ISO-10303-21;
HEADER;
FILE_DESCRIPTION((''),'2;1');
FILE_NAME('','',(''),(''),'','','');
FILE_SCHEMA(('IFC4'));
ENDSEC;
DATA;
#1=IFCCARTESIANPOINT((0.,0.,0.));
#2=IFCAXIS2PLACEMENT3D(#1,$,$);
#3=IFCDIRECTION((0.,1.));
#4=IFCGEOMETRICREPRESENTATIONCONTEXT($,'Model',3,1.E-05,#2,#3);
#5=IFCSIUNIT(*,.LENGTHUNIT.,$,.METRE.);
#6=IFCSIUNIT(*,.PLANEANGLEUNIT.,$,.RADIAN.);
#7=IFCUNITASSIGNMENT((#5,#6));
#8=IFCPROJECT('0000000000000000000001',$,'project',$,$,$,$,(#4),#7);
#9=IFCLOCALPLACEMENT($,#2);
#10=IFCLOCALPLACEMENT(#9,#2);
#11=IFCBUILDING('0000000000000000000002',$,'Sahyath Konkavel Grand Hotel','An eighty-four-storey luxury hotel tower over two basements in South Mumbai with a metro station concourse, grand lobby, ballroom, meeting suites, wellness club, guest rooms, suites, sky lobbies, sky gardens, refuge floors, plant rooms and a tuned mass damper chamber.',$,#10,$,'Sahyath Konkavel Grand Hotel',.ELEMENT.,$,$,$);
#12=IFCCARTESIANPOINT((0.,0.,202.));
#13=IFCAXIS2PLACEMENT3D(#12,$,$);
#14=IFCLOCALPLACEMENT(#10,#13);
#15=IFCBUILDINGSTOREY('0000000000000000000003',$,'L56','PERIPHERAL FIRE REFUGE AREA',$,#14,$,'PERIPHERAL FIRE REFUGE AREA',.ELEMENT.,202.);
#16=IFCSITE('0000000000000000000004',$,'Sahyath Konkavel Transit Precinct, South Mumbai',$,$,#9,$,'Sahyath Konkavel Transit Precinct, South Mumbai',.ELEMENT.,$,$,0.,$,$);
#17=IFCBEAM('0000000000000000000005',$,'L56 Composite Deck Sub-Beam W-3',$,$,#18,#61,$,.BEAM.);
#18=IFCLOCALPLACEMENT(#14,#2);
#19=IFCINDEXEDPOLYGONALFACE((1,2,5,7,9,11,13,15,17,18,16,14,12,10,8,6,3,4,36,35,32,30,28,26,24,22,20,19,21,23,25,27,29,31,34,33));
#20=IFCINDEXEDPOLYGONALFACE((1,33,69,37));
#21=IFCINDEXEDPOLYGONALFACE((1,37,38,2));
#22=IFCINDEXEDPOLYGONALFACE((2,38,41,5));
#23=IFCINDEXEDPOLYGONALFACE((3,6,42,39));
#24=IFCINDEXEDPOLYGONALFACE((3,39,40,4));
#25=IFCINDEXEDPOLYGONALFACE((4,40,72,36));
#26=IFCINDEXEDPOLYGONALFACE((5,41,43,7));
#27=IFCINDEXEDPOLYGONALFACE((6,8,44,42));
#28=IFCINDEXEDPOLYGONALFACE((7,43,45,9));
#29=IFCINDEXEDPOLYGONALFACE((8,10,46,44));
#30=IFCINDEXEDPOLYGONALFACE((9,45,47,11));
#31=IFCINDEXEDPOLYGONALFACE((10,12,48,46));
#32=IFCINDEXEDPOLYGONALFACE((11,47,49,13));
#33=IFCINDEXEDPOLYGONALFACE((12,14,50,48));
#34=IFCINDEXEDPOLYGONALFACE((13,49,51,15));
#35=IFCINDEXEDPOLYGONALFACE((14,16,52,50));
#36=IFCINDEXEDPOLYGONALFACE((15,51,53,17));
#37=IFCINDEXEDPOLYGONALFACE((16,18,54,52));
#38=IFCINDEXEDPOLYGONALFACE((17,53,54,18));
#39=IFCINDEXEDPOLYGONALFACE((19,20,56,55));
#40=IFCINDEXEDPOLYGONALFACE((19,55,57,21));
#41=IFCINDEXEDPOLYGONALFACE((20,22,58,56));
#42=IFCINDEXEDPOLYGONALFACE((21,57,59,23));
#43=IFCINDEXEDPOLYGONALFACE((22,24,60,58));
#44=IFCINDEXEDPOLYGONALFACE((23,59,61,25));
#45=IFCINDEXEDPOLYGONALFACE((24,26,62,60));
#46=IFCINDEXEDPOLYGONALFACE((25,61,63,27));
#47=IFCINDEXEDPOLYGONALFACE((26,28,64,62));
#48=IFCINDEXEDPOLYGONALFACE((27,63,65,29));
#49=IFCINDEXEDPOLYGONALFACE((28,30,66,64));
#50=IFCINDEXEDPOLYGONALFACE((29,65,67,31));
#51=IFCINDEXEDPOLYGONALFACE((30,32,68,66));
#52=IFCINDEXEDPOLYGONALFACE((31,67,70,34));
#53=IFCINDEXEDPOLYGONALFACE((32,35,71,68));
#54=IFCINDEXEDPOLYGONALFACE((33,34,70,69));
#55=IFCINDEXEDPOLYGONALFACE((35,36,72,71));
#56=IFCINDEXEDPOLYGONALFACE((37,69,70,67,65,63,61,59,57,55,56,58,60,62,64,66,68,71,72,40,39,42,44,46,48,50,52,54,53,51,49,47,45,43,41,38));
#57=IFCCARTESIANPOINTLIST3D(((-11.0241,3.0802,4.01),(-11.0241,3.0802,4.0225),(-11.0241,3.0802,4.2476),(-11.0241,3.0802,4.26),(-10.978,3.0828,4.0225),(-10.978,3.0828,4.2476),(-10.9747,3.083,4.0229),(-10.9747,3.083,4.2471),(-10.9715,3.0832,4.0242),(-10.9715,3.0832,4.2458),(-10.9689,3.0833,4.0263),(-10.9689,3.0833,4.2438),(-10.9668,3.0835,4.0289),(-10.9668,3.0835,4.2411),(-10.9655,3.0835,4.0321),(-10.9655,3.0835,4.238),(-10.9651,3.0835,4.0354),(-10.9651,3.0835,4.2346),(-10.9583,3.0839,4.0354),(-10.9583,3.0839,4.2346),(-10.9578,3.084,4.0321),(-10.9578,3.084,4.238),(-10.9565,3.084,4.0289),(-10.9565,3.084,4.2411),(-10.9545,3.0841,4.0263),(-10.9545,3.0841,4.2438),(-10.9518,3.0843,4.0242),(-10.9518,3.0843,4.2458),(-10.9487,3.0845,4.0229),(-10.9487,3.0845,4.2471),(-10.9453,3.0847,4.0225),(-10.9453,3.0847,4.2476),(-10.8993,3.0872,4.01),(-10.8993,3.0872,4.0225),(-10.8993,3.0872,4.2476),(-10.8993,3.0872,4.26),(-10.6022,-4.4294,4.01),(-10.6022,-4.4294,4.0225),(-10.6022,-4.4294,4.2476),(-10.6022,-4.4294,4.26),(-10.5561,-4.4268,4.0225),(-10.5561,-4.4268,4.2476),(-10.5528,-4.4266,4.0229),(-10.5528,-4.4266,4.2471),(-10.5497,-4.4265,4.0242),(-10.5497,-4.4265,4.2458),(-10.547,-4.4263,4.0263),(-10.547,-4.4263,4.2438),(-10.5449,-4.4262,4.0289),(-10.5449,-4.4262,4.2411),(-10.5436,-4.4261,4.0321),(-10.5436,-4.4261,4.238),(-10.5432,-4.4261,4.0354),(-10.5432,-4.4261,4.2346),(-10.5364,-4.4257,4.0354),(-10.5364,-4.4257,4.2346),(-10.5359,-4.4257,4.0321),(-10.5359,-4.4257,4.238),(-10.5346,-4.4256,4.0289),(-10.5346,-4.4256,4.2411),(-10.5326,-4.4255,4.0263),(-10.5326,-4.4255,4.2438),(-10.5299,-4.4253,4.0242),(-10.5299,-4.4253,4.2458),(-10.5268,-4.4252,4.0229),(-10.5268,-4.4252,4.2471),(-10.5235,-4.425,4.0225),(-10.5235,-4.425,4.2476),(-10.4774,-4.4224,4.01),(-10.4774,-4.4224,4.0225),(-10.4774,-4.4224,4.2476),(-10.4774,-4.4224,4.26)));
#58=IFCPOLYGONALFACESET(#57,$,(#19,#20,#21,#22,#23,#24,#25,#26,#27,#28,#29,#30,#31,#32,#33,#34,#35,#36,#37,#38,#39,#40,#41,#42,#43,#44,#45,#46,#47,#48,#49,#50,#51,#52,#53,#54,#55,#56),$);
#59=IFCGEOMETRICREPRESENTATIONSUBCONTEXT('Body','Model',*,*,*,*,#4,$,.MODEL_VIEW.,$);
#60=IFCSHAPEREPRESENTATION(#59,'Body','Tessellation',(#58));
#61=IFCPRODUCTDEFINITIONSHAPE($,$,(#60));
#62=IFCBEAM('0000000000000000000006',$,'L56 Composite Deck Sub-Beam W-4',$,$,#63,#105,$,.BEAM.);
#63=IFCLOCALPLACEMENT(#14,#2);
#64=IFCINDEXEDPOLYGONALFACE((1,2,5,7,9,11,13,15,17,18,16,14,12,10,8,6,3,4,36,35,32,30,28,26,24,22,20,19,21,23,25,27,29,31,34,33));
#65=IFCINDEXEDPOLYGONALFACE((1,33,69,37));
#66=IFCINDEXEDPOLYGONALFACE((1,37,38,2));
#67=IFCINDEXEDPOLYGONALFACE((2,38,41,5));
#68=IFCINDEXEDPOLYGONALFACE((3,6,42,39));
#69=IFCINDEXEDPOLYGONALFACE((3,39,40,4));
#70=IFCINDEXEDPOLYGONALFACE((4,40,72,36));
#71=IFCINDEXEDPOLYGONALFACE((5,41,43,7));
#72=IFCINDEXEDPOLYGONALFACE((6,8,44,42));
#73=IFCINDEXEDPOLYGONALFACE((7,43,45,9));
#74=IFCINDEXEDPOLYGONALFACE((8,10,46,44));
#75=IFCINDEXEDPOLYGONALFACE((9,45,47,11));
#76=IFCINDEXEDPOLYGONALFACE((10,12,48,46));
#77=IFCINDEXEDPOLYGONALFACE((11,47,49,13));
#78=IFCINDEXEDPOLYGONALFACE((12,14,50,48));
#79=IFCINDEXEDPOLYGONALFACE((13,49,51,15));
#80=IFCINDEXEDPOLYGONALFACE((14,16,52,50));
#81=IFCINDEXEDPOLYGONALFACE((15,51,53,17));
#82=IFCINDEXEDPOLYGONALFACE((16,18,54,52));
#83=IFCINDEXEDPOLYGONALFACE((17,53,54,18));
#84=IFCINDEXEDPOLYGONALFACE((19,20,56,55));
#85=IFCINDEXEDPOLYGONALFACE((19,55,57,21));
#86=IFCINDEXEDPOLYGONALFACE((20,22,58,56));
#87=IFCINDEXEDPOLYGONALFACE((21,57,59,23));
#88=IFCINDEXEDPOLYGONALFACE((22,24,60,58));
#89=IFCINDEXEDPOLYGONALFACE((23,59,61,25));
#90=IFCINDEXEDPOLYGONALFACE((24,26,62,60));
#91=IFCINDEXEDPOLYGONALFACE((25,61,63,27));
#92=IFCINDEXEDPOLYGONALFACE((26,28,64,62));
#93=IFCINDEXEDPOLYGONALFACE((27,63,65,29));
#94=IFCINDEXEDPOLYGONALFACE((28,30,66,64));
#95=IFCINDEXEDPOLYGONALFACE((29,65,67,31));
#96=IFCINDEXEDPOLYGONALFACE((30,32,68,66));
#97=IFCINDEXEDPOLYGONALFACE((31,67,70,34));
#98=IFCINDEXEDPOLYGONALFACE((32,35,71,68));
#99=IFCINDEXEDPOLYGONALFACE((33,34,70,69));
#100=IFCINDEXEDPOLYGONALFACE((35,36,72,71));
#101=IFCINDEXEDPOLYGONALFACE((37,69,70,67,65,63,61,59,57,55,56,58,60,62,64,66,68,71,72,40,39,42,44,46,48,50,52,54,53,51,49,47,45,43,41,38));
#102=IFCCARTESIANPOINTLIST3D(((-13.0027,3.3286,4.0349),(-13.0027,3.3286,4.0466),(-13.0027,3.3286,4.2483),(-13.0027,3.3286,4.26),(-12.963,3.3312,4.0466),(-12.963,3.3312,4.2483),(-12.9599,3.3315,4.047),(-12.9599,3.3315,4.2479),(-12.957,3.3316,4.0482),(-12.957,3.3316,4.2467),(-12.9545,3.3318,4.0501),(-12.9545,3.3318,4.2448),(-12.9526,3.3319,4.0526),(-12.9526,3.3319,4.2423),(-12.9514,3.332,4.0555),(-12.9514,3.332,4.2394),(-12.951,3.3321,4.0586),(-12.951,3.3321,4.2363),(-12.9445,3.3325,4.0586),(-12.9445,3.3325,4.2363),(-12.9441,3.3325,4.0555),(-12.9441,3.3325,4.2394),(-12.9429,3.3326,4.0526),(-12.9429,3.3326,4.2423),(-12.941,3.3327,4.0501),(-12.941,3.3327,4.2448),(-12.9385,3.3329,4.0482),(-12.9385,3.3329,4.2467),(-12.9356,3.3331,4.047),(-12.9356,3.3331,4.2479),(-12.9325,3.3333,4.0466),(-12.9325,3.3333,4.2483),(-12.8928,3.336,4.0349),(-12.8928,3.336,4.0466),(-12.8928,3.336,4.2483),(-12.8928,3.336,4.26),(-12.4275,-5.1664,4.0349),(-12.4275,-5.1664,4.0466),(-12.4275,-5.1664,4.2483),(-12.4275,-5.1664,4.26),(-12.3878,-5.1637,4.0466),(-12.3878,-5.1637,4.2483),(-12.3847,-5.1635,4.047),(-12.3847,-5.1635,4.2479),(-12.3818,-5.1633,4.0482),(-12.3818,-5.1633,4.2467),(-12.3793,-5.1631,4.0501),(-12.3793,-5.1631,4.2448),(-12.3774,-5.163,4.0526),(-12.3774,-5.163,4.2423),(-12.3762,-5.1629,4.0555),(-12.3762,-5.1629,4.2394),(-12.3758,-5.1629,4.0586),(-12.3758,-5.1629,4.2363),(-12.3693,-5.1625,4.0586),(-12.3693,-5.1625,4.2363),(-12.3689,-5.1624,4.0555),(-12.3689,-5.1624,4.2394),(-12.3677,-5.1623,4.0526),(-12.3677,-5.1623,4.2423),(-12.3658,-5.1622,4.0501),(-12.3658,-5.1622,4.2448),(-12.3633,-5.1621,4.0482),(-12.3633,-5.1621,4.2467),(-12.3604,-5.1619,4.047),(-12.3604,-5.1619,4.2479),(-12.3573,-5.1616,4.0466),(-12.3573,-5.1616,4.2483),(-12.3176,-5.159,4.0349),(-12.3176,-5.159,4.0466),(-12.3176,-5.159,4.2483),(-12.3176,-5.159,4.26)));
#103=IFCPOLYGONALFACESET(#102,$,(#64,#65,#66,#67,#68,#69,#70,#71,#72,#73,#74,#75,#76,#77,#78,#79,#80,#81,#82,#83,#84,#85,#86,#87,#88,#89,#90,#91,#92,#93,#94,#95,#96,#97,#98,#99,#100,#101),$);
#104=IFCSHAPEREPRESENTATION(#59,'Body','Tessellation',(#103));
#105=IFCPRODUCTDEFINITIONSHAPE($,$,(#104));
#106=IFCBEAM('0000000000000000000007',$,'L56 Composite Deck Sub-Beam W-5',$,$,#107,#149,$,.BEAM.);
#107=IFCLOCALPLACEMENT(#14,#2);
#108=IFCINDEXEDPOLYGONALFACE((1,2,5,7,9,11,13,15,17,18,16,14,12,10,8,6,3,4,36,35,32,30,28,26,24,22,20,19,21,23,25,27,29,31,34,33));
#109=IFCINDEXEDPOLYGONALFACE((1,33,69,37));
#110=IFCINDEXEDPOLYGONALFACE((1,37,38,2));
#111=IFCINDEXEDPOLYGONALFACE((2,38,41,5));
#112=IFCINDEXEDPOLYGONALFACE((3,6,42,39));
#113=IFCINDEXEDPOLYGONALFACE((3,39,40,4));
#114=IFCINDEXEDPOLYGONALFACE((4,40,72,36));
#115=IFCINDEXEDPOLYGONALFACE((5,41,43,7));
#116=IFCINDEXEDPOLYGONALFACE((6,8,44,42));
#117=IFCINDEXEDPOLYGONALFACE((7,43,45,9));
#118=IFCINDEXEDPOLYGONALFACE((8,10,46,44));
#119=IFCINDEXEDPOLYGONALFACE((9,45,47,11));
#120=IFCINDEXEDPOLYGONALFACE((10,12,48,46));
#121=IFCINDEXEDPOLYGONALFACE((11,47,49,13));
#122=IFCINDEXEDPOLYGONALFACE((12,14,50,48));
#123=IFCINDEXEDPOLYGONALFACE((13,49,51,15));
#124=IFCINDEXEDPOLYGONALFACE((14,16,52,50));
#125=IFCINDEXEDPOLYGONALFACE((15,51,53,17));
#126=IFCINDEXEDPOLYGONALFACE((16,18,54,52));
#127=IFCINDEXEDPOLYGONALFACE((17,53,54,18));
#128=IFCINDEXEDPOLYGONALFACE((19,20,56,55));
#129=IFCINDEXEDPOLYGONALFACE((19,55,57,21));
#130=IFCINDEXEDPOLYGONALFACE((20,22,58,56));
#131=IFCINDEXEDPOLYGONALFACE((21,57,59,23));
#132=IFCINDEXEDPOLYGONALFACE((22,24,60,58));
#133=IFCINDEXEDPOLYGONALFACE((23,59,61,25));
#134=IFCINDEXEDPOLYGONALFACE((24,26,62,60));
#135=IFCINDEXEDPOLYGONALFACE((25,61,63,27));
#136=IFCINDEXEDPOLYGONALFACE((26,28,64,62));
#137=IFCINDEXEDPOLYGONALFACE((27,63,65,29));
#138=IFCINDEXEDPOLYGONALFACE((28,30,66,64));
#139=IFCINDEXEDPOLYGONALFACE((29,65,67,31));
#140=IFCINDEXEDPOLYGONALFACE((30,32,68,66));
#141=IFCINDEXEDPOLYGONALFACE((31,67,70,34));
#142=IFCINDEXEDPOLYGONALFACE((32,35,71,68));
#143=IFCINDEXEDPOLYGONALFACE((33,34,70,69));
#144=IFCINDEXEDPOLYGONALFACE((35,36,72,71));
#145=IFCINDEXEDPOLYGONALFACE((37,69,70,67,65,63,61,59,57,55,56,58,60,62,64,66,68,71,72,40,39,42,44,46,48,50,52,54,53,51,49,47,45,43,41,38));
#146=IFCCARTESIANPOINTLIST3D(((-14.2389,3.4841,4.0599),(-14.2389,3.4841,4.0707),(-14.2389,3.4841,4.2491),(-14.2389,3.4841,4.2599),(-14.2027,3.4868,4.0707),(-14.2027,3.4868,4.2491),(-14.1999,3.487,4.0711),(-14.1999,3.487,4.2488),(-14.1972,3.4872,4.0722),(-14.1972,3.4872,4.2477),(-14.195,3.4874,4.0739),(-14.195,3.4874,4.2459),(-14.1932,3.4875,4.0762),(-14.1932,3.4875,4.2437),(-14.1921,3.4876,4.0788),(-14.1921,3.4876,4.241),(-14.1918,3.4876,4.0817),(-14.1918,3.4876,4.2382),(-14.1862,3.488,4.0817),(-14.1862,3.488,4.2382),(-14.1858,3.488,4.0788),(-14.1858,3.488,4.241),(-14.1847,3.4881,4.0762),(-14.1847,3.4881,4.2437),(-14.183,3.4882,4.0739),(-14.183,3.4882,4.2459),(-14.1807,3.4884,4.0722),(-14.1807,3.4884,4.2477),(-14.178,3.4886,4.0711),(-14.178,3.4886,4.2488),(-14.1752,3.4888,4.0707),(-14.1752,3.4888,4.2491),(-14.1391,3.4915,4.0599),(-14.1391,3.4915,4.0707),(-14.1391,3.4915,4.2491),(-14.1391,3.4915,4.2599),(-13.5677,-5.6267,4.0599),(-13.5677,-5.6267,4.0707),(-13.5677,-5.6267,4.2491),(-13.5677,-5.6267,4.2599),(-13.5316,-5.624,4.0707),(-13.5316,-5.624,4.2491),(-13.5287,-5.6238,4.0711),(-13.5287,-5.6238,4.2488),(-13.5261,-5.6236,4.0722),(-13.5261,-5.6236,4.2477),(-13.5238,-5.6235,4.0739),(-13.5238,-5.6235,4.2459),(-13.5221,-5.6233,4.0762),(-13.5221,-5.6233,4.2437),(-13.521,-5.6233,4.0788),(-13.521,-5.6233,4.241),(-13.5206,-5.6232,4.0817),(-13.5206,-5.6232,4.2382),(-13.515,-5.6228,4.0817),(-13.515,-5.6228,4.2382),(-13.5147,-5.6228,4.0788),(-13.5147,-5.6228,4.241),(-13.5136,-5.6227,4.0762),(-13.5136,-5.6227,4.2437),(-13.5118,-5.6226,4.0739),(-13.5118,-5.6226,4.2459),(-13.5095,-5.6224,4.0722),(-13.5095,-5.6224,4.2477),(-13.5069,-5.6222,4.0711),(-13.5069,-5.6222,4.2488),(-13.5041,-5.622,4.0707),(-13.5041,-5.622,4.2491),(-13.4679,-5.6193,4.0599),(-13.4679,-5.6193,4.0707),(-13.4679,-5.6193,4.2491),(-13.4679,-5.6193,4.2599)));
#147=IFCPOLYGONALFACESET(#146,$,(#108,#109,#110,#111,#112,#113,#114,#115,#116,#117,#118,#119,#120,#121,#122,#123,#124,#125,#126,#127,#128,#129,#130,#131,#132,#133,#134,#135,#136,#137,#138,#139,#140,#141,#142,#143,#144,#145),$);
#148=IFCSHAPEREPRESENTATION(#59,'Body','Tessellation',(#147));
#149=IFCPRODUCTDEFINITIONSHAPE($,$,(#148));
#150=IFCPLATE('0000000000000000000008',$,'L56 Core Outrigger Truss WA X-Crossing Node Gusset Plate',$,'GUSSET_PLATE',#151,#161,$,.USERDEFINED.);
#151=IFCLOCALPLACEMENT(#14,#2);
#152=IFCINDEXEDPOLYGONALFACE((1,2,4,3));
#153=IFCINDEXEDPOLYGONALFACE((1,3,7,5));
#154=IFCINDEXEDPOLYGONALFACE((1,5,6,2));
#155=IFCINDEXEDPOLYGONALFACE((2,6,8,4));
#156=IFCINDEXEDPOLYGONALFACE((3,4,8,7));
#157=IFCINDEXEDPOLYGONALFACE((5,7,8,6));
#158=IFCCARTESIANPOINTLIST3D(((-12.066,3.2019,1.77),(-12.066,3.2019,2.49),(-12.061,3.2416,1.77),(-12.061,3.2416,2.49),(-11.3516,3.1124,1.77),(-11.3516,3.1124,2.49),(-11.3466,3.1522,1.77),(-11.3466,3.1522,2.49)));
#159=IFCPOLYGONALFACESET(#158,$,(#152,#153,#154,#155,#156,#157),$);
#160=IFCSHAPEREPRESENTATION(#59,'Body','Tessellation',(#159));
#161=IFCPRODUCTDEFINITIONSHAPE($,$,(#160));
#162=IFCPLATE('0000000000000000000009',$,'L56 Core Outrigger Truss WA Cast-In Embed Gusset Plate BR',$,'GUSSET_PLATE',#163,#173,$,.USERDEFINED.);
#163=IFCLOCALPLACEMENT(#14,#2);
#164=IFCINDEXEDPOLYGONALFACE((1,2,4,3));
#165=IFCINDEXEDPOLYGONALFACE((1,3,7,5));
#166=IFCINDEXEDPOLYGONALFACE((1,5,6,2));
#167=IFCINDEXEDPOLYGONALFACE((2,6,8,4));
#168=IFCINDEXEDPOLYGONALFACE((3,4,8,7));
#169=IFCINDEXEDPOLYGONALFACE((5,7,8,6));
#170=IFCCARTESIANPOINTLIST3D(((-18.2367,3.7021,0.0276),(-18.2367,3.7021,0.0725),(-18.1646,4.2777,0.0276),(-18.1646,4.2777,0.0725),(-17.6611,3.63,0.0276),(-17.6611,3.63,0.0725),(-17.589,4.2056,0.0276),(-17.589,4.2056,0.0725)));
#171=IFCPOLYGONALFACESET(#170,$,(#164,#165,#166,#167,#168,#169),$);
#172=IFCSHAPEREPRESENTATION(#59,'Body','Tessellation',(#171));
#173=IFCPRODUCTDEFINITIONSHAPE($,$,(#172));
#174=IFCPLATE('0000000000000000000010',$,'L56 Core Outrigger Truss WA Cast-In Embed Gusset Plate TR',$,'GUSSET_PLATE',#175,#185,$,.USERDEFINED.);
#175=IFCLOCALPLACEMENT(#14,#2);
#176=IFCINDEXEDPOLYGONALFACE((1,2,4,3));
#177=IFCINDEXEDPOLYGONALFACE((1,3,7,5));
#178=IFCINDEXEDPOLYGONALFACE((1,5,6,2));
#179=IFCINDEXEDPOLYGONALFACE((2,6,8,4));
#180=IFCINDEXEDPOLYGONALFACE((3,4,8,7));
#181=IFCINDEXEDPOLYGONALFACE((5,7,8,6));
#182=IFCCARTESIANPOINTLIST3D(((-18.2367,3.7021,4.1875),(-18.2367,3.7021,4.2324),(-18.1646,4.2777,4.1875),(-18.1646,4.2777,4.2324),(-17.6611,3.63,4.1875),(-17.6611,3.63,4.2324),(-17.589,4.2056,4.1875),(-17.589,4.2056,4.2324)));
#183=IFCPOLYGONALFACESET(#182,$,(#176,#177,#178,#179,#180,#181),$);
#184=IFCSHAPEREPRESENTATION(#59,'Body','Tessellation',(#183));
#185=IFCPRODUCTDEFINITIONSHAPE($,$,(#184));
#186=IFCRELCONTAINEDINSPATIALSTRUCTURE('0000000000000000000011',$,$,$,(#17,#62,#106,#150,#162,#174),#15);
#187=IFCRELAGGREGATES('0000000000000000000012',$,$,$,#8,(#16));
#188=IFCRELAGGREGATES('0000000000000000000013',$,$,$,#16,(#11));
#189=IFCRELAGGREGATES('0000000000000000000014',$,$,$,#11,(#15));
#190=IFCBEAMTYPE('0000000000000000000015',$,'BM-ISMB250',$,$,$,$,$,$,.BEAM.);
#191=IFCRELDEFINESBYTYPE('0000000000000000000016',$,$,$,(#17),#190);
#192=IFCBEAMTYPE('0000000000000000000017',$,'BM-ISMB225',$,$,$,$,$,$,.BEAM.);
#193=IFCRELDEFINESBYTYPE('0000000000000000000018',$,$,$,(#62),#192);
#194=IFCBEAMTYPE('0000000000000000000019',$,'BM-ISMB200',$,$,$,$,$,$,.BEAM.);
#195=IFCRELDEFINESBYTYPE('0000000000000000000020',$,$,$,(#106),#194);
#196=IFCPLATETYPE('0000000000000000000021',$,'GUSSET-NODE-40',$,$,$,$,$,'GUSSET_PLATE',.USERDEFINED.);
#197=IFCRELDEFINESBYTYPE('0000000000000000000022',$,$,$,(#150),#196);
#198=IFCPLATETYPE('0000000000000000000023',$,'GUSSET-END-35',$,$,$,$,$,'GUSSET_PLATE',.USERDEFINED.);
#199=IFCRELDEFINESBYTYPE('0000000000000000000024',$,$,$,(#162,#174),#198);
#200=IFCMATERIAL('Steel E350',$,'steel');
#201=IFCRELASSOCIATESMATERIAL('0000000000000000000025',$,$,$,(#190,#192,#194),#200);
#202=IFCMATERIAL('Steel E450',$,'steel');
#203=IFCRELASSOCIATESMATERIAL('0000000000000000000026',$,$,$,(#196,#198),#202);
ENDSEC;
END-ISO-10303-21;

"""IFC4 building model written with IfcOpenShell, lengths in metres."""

from ifc_helpers import new_model, si_unit, direction, frame, origin, origin_2d, place, context, subcontext, project, spatial, rectangle, i_section, extrude, source, transform, mapped, material, material_profile, profile_set, type_object, element, save


model = new_model("IFC4")

# Units and contexts
model_context = context("Model", 3, precision=1e-05, world=origin(), true_north=direction((0.0, 1.0)))
body_context = subcontext(model_context, "Body", "Model", "MODEL_VIEW")
ifc_project = project(units=[si_unit("LENGTHUNIT", "METRE"), si_unit("PLANEANGLEUNIT", "RADIAN")], contexts=[model_context])

# Site, building, storey
site_placement = place(None, origin())
site = spatial("IfcSite", under=ifc_project, at=site_placement, Name="Sahyath Konkavel Transit Precinct, South Mumbai", LongName="Sahyath Konkavel Transit Precinct, South Mumbai", CompositionType="ELEMENT", RefElevation=0.0)
building_placement = place(site_placement, origin())
building = spatial("IfcBuilding", under=site, at=building_placement, Name="Sahyath Konkavel Grand Hotel", Description="An eighty-four-storey luxury hotel tower over two basements in South Mumbai with a metro station concourse, grand lobby, ballroom, meeting suites, wellness club, guest rooms, suites, sky lobbies, sky gardens, refuge floors, plant rooms and a tuned mass damper chamber.", LongName="Sahyath Konkavel Grand Hotel", CompositionType="ELEMENT")
storey_placement = place(building_placement, frame((0.0, 0.0, 202.0)))
storey = spatial("IfcBuildingStorey", under=building, at=storey_placement, Name="L56", Description="PERIPHERAL FIRE REFUGE AREA", LongName="PERIPHERAL FIRE REFUGE AREA", CompositionType="ELEMENT", Elevation=202.0)

# Shared definitions
ifc_material_1 = material(Name="Steel E450", Category="steel")

# Shared definitions
ifc_material_2 = material(Name="Steel E350", Category="steel")
ifc_material_profile_1 = material_profile(ifc_material_2, i_section(OverallWidth=0.125, OverallDepth=0.25, WebThickness=0.0068, FlangeThickness=0.0125, FilletRadius=0.0129, at=origin_2d()), Name="ISMB 250")
ifc_profile_set_1 = profile_set([ifc_material_profile_1], Name="Steel E350")
beam_type_1 = type_object("IfcBeamType", Name="BM-ISMB250", PredefinedType="BEAM", material=ifc_profile_set_1)

# Beams
shared_shape_1 = source(origin(), body_context, "Body", "SweptSolid", [
    extrude(i_section(OverallWidth=0.125, OverallDepth=0.25, WebThickness=0.0068, FlangeThickness=0.0125, FilletRadius=0.0129, at=origin_2d()), origin(), (0.0, 0.0, 1.0), 7.5215),
])
beam_1_placement = place(storey_placement, frame((-10.9617, 3.0837, 4.135), z_axis=(0.05609, -0.998426, 0.0), x_axis=(0.998426, 0.05609, 0.0)))
element("IfcBeam", 1, at=beam_1_placement, inside=storey, type_object=beam_type_1, Name="L56 Composite Deck Sub-Beam W-3", PredefinedType="BEAM", context=body_context, shape_type="MappedRepresentation", body=[
    mapped(shared_shape_1, transform((0.0, 0.0, 0.0), scale=1.0)),
])
ifc_material_profile_2 = material_profile(ifc_material_2, i_section(OverallWidth=0.1101, OverallDepth=0.2251, WebThickness=0.0066, FlangeThickness=0.0117, FilletRadius=0.012, at=origin_2d()), Name="ISMB 225")
ifc_profile_set_2 = profile_set([ifc_material_profile_2], Name="Steel E350")
beam_type_2 = type_object("IfcBeamType", Name="BM-ISMB225", PredefinedType="BEAM", material=ifc_profile_set_2)
shared_shape_2 = source(origin(), body_context, "Body", "SweptSolid", [
    extrude(i_section(OverallWidth=0.1101, OverallDepth=0.2251, WebThickness=0.0066, FlangeThickness=0.0117, FilletRadius=0.012, at=origin_2d()), origin(), (0.0, 0.0, 1.0), 8.5144),
])
beam_2_placement = place(storey_placement, frame((-12.9478, 3.3323, 4.1475), z_axis=(0.067556, -0.997715, 0.0), x_axis=(0.997715, 0.067556, 0.0)))
element("IfcBeam", 2, at=beam_2_placement, inside=storey, type_object=beam_type_2, Name="L56 Composite Deck Sub-Beam W-4", PredefinedType="BEAM", context=body_context, shape_type="MappedRepresentation", body=[
    mapped(shared_shape_2, transform((0.0, 0.0, 0.0), scale=1.0)),
])
ifc_material_profile_3 = material_profile(ifc_material_2, i_section(OverallWidth=0.1001, OverallDepth=0.2, WebThickness=0.0056, FlangeThickness=0.0107, FilletRadius=0.011, at=origin_2d()), Name="ISMB 200")
ifc_profile_set_3 = profile_set([ifc_material_profile_3], Name="Steel E350")
beam_type_3 = type_object("IfcBeamType", Name="BM-ISMB200", PredefinedType="BEAM", material=ifc_profile_set_3)
shared_shape_3 = source(origin(), body_context, "Body", "SweptSolid", [
    extrude(i_section(OverallWidth=0.1001, OverallDepth=0.2, WebThickness=0.0056, FlangeThickness=0.0107, FilletRadius=0.011, at=origin_2d()), origin(), (0.0, 0.0, 1.0), 9.1355),
])
beam_3_placement = place(storey_placement, frame((-14.189, 3.4878, 4.1599), z_axis=(0.073465, -0.997298, 0.0), x_axis=(0.997298, 0.073465, 0.0)))
element("IfcBeam", 3, at=beam_3_placement, inside=storey, type_object=beam_type_3, Name="L56 Composite Deck Sub-Beam W-5", PredefinedType="BEAM", context=body_context, shape_type="MappedRepresentation", body=[
    mapped(shared_shape_3, transform((0.0, 0.0, 0.0), scale=1.0)),
])

# Plates
plate_type_1 = type_object("IfcPlateType", Name="GUSSET-NODE-40", ElementType="GUSSET_PLATE", PredefinedType="USERDEFINED", material=ifc_material_1)
shared_shape_4 = source(origin(), body_context, "Body", "SweptSolid", [
    extrude(rectangle(XDim=0.72, YDim=0.04, at=origin_2d()), origin(), (0.0, 0.0, 1.0), 0.72),
])
plate_placement = place(storey_placement, frame((-11.7063, 3.177, 1.77), z_axis=(0.0, 0.0, 1.0), x_axis=(-0.992256, 0.124208, 0.0)))
element("IfcPlate", 4, at=plate_placement, inside=storey, type_object=plate_type_1, Name="L56 Core Outrigger Truss WA X-Crossing Node Gusset Plate", ObjectType="GUSSET_PLATE", PredefinedType="USERDEFINED", context=body_context, shape_type="MappedRepresentation", body=[
    mapped(shared_shape_4, transform((0.0, 0.0, 0.0), scale=1.0)),
])
plate_type_2 = type_object("IfcPlateType", Name="GUSSET-END-35", ElementType="GUSSET_PLATE", PredefinedType="USERDEFINED", material=ifc_material_1)
shared_shape_5 = source(origin(), body_context, "Body", "SweptSolid", [
    extrude(rectangle(XDim=0.5801, YDim=0.5801, at=origin_2d()), origin(), (0.0, 0.0, 1.0), 0.0449),
])
for number, where, z_axis, x_axis, name in (
    (5, (-17.9128, 3.9539, 0.0276), (0.0, 0.0, 1.0), (-0.992256, 0.124208, 0.0), "L56 Core Outrigger Truss WA Cast-In Embed Gusset Plate BR"),
    (6, (-17.9128, 3.9539, 4.1875), (0.0, 0.0, 1.0), (-0.992256, 0.124208, 0.0), "L56 Core Outrigger Truss WA Cast-In Embed Gusset Plate TR"),
):
    element("IfcPlate", number, at=place(storey_placement, frame(where, z_axis=z_axis, x_axis=x_axis)), inside=storey, type_object=plate_type_2, Name=name, ObjectType="GUSSET_PLATE", PredefinedType="USERDEFINED", context=body_context, shape_type="MappedRepresentation", body=[
        mapped(shared_shape_5, transform((0.0, 0.0, 0.0), scale=1.0)),
    ])

save(model, "model.ifc")
